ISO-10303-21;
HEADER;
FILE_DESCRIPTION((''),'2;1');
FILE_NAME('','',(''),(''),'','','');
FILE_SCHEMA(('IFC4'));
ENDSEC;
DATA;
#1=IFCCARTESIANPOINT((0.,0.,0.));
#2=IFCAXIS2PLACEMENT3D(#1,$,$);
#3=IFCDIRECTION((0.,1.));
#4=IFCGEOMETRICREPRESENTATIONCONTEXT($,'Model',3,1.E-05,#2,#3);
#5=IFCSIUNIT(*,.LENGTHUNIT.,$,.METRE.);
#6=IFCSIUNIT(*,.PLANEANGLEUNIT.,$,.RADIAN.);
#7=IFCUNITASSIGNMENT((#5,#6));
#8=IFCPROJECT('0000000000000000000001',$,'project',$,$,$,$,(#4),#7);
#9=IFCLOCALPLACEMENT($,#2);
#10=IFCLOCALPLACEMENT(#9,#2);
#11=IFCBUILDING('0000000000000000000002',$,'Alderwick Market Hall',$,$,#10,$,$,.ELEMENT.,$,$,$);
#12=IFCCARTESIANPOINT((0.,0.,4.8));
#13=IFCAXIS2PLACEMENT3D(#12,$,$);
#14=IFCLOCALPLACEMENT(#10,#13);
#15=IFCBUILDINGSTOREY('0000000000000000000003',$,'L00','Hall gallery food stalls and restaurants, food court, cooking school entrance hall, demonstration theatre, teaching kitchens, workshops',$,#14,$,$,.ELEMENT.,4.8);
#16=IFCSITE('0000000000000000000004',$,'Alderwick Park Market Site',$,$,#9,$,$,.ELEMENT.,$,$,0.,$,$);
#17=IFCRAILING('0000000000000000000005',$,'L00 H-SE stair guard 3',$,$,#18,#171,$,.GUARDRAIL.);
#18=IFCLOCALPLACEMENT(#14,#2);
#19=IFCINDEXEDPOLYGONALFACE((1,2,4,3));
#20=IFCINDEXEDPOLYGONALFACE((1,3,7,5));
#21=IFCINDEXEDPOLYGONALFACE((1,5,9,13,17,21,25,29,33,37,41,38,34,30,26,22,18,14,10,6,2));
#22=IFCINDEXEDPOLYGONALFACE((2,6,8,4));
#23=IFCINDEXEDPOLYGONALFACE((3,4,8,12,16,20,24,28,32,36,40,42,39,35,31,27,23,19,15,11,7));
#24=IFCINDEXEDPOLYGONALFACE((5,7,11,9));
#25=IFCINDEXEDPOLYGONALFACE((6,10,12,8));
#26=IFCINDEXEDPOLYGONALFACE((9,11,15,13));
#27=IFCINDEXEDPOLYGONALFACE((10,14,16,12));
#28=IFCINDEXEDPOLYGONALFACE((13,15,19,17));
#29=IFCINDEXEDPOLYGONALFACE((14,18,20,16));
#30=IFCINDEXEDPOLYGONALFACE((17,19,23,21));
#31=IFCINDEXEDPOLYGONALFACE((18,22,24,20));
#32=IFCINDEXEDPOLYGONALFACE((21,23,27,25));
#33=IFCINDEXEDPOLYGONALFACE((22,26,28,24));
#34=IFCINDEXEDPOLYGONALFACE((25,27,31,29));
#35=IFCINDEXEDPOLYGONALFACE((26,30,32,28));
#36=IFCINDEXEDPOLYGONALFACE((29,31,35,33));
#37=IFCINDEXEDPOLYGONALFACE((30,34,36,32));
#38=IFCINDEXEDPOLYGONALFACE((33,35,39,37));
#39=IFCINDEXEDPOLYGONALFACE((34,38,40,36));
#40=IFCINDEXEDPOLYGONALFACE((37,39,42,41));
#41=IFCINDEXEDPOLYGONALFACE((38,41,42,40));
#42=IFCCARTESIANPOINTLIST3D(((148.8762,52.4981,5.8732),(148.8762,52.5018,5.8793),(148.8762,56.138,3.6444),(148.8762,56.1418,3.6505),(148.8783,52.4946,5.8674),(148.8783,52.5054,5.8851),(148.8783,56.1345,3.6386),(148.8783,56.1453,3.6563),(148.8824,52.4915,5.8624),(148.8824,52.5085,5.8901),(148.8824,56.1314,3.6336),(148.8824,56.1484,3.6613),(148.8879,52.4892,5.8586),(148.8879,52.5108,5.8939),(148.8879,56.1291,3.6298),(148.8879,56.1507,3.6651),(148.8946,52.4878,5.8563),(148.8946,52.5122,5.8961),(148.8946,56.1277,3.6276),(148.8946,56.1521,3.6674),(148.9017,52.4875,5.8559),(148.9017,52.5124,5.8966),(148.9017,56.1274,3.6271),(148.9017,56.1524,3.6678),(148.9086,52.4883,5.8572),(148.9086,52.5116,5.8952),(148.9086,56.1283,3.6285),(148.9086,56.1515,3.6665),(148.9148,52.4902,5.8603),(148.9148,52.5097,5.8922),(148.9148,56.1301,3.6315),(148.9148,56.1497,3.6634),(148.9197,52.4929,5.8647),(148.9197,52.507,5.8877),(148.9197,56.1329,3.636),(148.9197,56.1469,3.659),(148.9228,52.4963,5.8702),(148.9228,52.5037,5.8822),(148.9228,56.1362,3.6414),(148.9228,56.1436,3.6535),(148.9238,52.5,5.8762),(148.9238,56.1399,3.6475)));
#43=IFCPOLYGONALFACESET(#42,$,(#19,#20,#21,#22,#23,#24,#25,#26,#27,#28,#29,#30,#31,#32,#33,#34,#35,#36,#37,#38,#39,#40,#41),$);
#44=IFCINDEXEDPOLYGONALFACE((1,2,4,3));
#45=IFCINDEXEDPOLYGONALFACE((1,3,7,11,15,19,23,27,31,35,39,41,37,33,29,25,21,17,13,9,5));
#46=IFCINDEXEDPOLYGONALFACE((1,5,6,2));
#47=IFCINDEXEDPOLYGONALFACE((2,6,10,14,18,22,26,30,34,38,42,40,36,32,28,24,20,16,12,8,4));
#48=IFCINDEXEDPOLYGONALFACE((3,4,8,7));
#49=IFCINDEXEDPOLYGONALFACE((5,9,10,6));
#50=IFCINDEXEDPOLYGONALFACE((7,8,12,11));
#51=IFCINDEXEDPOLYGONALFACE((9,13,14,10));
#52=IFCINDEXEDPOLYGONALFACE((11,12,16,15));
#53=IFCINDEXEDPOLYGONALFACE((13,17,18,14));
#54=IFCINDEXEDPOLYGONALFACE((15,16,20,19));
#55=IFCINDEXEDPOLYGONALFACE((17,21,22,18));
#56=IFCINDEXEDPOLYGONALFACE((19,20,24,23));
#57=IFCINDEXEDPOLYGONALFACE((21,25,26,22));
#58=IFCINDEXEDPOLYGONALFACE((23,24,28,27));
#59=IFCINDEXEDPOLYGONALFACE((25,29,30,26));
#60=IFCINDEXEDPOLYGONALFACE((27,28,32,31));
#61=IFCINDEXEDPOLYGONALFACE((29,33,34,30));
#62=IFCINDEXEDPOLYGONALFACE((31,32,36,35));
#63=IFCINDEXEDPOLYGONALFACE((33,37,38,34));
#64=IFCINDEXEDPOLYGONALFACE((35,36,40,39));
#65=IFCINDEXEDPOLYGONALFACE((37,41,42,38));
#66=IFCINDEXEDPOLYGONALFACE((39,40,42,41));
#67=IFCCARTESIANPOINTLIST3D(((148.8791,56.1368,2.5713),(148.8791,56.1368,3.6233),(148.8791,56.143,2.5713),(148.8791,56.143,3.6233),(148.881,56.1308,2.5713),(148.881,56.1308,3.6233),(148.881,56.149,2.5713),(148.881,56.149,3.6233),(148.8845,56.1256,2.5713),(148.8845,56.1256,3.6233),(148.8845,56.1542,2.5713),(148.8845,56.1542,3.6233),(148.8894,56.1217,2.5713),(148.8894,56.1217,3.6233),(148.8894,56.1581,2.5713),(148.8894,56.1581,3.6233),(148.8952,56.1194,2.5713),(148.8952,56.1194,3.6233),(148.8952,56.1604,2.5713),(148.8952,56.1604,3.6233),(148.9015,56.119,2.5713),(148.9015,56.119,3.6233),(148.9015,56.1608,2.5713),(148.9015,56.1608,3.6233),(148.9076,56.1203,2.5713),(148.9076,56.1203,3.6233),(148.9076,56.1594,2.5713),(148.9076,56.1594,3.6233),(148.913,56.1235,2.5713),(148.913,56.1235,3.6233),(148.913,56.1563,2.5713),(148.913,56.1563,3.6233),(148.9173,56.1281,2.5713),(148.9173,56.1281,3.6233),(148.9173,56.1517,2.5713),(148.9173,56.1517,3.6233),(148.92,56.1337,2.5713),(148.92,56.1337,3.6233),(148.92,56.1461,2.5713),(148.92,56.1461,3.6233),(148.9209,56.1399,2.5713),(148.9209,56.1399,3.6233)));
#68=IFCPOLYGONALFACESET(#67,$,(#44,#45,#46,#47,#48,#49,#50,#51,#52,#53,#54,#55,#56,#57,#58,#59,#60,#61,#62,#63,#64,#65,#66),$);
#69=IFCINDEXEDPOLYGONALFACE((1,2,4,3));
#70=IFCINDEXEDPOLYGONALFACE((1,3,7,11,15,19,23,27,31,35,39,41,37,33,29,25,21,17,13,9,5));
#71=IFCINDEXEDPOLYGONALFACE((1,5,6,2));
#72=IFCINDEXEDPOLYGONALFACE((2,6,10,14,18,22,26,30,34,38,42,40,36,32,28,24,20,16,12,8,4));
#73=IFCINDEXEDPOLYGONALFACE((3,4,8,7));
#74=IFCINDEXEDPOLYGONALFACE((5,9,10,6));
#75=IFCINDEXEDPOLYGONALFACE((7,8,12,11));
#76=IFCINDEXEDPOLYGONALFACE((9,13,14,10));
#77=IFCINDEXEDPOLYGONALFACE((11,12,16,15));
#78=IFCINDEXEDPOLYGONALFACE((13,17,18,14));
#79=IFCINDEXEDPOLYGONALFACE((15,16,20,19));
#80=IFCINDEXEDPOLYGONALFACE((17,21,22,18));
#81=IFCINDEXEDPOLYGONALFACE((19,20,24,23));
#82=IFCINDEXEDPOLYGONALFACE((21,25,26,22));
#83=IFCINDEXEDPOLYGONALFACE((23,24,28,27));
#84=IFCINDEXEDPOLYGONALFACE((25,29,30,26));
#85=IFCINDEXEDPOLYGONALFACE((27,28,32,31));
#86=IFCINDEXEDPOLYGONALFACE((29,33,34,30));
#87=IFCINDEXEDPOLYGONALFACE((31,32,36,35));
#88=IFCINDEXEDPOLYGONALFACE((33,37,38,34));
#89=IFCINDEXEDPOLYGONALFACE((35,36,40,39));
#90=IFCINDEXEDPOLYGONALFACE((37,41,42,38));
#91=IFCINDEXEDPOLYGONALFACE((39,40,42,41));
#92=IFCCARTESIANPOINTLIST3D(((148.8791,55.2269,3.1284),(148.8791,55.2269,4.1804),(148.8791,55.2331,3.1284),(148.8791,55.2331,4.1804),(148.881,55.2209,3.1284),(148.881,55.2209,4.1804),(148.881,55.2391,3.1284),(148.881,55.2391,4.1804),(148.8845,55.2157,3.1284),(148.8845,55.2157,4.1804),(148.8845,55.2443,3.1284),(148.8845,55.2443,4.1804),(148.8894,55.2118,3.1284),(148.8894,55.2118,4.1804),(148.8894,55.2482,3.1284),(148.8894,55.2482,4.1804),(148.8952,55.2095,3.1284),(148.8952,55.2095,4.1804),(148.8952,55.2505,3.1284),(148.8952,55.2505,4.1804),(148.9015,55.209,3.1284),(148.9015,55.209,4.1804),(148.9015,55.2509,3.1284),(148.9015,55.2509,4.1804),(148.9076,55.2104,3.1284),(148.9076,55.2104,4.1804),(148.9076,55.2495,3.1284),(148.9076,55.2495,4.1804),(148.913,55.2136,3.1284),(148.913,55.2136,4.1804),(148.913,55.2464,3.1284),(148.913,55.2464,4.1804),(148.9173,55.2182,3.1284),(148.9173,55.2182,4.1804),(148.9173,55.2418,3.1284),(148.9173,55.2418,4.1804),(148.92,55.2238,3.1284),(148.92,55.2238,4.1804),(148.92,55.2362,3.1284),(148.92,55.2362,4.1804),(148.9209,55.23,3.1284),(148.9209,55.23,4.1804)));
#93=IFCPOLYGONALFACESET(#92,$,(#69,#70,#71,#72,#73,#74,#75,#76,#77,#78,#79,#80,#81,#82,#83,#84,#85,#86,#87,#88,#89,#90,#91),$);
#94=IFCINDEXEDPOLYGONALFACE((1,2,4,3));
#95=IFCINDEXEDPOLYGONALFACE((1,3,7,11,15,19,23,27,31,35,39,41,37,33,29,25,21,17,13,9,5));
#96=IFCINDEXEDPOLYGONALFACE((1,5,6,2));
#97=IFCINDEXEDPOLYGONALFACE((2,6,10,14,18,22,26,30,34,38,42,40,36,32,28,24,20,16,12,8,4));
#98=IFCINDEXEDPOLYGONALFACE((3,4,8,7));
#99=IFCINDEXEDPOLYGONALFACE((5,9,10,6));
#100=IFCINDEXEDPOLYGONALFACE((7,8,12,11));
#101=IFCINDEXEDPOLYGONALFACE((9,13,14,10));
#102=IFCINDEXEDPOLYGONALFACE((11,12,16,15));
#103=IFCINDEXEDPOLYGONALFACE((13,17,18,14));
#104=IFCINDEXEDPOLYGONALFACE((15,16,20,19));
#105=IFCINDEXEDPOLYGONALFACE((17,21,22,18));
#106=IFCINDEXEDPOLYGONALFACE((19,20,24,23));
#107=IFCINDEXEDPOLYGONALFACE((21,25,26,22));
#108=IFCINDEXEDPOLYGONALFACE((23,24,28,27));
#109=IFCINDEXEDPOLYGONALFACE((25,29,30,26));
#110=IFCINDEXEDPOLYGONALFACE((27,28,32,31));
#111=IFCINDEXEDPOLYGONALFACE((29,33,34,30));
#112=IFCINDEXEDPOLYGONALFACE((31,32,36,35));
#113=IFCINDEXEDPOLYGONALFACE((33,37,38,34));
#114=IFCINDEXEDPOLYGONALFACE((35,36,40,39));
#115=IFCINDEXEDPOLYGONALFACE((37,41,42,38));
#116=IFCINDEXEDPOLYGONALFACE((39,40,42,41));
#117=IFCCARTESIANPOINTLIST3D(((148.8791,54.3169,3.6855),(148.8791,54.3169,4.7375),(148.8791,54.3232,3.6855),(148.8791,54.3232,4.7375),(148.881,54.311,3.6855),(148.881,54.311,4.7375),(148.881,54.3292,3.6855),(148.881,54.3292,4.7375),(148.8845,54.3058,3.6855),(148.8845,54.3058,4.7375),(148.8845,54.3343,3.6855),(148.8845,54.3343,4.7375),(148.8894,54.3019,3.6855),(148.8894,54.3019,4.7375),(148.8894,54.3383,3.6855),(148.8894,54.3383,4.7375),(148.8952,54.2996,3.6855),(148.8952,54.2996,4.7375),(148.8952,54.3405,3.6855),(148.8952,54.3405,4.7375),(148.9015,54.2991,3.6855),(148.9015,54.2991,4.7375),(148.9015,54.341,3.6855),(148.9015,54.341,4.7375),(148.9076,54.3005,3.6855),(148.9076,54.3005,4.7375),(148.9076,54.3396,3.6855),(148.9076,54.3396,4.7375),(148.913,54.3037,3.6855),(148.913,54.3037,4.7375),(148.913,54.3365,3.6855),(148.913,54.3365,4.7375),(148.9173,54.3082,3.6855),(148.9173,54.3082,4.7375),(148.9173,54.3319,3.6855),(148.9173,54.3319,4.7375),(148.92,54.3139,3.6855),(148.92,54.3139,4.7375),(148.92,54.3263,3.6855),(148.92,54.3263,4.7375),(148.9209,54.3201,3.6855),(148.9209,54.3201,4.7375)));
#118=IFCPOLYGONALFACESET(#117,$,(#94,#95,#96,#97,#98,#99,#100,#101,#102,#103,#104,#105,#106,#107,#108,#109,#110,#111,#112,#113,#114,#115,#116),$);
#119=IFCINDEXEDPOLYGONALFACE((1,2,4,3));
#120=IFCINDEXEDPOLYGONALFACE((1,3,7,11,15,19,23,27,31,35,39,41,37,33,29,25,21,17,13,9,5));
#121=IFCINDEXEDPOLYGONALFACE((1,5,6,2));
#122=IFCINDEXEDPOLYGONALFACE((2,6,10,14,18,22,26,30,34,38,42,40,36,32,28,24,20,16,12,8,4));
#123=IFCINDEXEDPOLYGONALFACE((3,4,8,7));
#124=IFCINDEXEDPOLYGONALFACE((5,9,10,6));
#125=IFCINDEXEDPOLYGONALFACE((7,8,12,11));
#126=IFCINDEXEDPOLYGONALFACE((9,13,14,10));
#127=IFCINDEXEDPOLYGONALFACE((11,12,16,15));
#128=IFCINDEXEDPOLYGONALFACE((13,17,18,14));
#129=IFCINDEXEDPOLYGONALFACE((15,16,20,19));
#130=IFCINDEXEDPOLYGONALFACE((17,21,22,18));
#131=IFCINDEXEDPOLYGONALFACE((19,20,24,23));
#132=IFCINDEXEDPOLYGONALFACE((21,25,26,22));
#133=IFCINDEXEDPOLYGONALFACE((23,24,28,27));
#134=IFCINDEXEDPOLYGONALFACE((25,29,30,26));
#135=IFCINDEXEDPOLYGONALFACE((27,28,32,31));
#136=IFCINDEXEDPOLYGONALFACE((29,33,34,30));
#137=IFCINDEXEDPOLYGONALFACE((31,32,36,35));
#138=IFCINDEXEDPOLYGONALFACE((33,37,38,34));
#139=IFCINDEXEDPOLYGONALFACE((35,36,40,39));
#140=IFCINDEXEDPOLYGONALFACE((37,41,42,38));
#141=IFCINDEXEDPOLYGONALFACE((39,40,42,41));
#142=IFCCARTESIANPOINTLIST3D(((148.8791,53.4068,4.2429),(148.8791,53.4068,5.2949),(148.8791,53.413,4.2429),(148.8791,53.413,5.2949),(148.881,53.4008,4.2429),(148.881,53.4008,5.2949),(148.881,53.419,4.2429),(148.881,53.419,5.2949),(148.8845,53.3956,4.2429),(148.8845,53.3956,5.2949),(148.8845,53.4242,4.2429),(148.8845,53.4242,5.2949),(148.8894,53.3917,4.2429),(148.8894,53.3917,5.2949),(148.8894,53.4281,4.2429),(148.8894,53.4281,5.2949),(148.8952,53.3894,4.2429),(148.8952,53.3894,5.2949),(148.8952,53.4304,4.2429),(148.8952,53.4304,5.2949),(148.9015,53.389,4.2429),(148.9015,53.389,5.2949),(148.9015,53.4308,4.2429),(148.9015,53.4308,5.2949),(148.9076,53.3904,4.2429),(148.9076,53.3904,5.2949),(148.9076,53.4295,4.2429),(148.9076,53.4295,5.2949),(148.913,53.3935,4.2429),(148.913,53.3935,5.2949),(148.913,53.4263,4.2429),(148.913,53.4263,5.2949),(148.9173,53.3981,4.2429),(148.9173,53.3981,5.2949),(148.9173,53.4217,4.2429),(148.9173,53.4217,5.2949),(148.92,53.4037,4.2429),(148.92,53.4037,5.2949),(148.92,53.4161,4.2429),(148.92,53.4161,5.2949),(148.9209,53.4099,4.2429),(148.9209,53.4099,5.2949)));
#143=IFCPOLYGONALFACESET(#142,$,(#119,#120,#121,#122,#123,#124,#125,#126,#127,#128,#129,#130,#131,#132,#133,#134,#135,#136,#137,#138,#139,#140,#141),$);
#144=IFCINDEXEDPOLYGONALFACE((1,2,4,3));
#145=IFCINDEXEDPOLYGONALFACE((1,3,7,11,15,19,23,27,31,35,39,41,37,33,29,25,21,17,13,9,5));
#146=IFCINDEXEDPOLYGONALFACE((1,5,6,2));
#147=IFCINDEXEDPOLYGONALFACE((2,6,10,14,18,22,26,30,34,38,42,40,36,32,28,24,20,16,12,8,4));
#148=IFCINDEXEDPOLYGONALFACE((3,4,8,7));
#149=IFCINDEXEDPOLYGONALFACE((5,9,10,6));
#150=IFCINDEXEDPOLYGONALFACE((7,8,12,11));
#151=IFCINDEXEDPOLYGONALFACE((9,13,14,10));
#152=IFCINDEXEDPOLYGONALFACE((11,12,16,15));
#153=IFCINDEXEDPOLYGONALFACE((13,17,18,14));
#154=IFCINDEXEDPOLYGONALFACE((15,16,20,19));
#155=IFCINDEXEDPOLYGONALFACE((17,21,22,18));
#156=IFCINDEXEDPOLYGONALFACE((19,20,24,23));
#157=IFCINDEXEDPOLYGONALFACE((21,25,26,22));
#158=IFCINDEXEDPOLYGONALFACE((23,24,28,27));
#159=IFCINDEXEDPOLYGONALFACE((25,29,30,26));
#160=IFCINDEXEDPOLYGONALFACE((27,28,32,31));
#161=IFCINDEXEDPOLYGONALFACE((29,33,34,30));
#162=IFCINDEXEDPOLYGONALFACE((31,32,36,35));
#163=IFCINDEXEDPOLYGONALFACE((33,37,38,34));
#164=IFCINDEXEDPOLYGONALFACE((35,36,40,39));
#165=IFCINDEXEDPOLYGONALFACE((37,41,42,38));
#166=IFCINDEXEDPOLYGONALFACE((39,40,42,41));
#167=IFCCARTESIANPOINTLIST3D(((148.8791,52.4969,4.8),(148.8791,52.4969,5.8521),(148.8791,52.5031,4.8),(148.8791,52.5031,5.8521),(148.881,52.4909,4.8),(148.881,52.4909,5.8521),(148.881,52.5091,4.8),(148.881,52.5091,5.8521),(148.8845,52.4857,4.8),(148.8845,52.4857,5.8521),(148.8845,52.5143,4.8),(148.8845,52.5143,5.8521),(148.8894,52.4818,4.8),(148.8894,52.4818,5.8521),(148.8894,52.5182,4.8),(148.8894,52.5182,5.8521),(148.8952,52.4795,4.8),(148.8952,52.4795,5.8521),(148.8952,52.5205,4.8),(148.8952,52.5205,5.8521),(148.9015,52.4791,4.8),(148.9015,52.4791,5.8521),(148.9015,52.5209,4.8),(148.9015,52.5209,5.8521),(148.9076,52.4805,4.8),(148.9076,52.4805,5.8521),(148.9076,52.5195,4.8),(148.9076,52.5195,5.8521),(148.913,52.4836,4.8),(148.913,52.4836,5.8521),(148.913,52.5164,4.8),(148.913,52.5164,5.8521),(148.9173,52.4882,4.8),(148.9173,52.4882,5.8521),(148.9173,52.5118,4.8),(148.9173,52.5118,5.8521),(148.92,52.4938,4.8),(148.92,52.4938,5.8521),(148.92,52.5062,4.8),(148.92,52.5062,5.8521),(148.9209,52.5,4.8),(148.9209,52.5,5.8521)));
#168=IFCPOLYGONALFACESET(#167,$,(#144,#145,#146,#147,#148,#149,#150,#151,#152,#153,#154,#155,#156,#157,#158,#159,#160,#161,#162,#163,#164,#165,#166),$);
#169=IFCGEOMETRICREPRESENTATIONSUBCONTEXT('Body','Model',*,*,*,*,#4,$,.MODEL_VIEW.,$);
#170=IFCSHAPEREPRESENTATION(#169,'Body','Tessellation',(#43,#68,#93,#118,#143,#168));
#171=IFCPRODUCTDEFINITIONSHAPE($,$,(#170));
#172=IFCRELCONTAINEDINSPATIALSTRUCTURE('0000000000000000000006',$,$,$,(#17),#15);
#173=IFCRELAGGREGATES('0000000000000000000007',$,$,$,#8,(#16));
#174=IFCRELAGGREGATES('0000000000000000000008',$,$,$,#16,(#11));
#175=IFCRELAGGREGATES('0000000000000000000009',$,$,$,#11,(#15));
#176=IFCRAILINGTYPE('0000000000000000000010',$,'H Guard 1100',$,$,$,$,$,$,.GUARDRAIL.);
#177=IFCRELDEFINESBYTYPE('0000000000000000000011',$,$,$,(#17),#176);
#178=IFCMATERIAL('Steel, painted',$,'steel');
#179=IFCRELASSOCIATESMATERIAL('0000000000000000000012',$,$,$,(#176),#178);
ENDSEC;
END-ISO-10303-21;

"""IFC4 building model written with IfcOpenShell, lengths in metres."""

from ifc_helpers import new_model, si_unit, direction, frame, origin, origin_2d, place, context, subcontext, project, spatial, circle, extrude, material, type_object, element, save


model = new_model("IFC4")

# Units and contexts
model_context = context("Model", 3, precision=1e-05, world=origin(), true_north=direction((0.0, 1.0)))
body_context = subcontext(model_context, "Body", "Model", "MODEL_VIEW")
ifc_project = project(units=[si_unit("LENGTHUNIT", "METRE"), si_unit("PLANEANGLEUNIT", "RADIAN")], contexts=[model_context])

# Site, building, storey
site_placement = place(None, origin())
site = spatial("IfcSite", under=ifc_project, at=site_placement, Name="Alderwick Park Market Site", CompositionType="ELEMENT", RefElevation=0.0)
building_placement = place(site_placement, origin())
building = spatial("IfcBuilding", under=site, at=building_placement, Name="Alderwick Market Hall", CompositionType="ELEMENT")
storey_placement = place(building_placement, frame((0.0, 0.0, 4.8)))
storey = spatial("IfcBuildingStorey", under=building, at=storey_placement, Name="L00", Description="Hall gallery food stalls and restaurants, food court, cooking school entrance hall, demonstration theatre, teaching kitchens, workshops", CompositionType="ELEMENT", Elevation=4.8)

# Railing
ifc_material_1 = material(Name="Steel, painted", Category="steel")
railing_type_1 = type_object("IfcRailingType", Name="H Guard 1100", PredefinedType="GUARDRAIL", material=ifc_material_1)
railing_1_placement = place(storey_placement, frame((148.8999, 56.1399, 2.5713)))
element("IfcRailing", 1, at=railing_1_placement, inside=storey, type_object=railing_type_1, Name="L00 H-SE stair guard 3", PredefinedType="GUARDRAIL", context=body_context, shape_type="SweptSolid", body=[
    extrude(circle(Radius=0.0239, at=origin_2d()), frame((0.0, 0.0, 1.0762), z_axis=(0.0, -0.852825, 0.522197), x_axis=(1.0, 0.0, 0.0)), (0.0, 0.0, 1.0), 4.2681),
    extrude(circle(Radius=0.021, at=origin_2d()), origin(), (0.0, 0.0, 1.0), 1.052),
    extrude(circle(Radius=0.021, at=origin_2d()), frame((0.0, -0.9099, 0.5571)), (0.0, 0.0, 1.0), 1.052),
    extrude(circle(Radius=0.021, at=origin_2d()), frame((0.0, -1.8198, 1.1143)), (0.0, 0.0, 1.0), 1.052),
    extrude(circle(Radius=0.021, at=origin_2d()), frame((0.0, -2.73, 1.6716)), (0.0, 0.0, 1.0), 1.052),
    extrude(circle(Radius=0.021, at=origin_2d()), frame((0.0, -3.6399, 2.2288)), (0.0, 0.0, 1.0), 1.052),
])

save(model, "model.ifc")
